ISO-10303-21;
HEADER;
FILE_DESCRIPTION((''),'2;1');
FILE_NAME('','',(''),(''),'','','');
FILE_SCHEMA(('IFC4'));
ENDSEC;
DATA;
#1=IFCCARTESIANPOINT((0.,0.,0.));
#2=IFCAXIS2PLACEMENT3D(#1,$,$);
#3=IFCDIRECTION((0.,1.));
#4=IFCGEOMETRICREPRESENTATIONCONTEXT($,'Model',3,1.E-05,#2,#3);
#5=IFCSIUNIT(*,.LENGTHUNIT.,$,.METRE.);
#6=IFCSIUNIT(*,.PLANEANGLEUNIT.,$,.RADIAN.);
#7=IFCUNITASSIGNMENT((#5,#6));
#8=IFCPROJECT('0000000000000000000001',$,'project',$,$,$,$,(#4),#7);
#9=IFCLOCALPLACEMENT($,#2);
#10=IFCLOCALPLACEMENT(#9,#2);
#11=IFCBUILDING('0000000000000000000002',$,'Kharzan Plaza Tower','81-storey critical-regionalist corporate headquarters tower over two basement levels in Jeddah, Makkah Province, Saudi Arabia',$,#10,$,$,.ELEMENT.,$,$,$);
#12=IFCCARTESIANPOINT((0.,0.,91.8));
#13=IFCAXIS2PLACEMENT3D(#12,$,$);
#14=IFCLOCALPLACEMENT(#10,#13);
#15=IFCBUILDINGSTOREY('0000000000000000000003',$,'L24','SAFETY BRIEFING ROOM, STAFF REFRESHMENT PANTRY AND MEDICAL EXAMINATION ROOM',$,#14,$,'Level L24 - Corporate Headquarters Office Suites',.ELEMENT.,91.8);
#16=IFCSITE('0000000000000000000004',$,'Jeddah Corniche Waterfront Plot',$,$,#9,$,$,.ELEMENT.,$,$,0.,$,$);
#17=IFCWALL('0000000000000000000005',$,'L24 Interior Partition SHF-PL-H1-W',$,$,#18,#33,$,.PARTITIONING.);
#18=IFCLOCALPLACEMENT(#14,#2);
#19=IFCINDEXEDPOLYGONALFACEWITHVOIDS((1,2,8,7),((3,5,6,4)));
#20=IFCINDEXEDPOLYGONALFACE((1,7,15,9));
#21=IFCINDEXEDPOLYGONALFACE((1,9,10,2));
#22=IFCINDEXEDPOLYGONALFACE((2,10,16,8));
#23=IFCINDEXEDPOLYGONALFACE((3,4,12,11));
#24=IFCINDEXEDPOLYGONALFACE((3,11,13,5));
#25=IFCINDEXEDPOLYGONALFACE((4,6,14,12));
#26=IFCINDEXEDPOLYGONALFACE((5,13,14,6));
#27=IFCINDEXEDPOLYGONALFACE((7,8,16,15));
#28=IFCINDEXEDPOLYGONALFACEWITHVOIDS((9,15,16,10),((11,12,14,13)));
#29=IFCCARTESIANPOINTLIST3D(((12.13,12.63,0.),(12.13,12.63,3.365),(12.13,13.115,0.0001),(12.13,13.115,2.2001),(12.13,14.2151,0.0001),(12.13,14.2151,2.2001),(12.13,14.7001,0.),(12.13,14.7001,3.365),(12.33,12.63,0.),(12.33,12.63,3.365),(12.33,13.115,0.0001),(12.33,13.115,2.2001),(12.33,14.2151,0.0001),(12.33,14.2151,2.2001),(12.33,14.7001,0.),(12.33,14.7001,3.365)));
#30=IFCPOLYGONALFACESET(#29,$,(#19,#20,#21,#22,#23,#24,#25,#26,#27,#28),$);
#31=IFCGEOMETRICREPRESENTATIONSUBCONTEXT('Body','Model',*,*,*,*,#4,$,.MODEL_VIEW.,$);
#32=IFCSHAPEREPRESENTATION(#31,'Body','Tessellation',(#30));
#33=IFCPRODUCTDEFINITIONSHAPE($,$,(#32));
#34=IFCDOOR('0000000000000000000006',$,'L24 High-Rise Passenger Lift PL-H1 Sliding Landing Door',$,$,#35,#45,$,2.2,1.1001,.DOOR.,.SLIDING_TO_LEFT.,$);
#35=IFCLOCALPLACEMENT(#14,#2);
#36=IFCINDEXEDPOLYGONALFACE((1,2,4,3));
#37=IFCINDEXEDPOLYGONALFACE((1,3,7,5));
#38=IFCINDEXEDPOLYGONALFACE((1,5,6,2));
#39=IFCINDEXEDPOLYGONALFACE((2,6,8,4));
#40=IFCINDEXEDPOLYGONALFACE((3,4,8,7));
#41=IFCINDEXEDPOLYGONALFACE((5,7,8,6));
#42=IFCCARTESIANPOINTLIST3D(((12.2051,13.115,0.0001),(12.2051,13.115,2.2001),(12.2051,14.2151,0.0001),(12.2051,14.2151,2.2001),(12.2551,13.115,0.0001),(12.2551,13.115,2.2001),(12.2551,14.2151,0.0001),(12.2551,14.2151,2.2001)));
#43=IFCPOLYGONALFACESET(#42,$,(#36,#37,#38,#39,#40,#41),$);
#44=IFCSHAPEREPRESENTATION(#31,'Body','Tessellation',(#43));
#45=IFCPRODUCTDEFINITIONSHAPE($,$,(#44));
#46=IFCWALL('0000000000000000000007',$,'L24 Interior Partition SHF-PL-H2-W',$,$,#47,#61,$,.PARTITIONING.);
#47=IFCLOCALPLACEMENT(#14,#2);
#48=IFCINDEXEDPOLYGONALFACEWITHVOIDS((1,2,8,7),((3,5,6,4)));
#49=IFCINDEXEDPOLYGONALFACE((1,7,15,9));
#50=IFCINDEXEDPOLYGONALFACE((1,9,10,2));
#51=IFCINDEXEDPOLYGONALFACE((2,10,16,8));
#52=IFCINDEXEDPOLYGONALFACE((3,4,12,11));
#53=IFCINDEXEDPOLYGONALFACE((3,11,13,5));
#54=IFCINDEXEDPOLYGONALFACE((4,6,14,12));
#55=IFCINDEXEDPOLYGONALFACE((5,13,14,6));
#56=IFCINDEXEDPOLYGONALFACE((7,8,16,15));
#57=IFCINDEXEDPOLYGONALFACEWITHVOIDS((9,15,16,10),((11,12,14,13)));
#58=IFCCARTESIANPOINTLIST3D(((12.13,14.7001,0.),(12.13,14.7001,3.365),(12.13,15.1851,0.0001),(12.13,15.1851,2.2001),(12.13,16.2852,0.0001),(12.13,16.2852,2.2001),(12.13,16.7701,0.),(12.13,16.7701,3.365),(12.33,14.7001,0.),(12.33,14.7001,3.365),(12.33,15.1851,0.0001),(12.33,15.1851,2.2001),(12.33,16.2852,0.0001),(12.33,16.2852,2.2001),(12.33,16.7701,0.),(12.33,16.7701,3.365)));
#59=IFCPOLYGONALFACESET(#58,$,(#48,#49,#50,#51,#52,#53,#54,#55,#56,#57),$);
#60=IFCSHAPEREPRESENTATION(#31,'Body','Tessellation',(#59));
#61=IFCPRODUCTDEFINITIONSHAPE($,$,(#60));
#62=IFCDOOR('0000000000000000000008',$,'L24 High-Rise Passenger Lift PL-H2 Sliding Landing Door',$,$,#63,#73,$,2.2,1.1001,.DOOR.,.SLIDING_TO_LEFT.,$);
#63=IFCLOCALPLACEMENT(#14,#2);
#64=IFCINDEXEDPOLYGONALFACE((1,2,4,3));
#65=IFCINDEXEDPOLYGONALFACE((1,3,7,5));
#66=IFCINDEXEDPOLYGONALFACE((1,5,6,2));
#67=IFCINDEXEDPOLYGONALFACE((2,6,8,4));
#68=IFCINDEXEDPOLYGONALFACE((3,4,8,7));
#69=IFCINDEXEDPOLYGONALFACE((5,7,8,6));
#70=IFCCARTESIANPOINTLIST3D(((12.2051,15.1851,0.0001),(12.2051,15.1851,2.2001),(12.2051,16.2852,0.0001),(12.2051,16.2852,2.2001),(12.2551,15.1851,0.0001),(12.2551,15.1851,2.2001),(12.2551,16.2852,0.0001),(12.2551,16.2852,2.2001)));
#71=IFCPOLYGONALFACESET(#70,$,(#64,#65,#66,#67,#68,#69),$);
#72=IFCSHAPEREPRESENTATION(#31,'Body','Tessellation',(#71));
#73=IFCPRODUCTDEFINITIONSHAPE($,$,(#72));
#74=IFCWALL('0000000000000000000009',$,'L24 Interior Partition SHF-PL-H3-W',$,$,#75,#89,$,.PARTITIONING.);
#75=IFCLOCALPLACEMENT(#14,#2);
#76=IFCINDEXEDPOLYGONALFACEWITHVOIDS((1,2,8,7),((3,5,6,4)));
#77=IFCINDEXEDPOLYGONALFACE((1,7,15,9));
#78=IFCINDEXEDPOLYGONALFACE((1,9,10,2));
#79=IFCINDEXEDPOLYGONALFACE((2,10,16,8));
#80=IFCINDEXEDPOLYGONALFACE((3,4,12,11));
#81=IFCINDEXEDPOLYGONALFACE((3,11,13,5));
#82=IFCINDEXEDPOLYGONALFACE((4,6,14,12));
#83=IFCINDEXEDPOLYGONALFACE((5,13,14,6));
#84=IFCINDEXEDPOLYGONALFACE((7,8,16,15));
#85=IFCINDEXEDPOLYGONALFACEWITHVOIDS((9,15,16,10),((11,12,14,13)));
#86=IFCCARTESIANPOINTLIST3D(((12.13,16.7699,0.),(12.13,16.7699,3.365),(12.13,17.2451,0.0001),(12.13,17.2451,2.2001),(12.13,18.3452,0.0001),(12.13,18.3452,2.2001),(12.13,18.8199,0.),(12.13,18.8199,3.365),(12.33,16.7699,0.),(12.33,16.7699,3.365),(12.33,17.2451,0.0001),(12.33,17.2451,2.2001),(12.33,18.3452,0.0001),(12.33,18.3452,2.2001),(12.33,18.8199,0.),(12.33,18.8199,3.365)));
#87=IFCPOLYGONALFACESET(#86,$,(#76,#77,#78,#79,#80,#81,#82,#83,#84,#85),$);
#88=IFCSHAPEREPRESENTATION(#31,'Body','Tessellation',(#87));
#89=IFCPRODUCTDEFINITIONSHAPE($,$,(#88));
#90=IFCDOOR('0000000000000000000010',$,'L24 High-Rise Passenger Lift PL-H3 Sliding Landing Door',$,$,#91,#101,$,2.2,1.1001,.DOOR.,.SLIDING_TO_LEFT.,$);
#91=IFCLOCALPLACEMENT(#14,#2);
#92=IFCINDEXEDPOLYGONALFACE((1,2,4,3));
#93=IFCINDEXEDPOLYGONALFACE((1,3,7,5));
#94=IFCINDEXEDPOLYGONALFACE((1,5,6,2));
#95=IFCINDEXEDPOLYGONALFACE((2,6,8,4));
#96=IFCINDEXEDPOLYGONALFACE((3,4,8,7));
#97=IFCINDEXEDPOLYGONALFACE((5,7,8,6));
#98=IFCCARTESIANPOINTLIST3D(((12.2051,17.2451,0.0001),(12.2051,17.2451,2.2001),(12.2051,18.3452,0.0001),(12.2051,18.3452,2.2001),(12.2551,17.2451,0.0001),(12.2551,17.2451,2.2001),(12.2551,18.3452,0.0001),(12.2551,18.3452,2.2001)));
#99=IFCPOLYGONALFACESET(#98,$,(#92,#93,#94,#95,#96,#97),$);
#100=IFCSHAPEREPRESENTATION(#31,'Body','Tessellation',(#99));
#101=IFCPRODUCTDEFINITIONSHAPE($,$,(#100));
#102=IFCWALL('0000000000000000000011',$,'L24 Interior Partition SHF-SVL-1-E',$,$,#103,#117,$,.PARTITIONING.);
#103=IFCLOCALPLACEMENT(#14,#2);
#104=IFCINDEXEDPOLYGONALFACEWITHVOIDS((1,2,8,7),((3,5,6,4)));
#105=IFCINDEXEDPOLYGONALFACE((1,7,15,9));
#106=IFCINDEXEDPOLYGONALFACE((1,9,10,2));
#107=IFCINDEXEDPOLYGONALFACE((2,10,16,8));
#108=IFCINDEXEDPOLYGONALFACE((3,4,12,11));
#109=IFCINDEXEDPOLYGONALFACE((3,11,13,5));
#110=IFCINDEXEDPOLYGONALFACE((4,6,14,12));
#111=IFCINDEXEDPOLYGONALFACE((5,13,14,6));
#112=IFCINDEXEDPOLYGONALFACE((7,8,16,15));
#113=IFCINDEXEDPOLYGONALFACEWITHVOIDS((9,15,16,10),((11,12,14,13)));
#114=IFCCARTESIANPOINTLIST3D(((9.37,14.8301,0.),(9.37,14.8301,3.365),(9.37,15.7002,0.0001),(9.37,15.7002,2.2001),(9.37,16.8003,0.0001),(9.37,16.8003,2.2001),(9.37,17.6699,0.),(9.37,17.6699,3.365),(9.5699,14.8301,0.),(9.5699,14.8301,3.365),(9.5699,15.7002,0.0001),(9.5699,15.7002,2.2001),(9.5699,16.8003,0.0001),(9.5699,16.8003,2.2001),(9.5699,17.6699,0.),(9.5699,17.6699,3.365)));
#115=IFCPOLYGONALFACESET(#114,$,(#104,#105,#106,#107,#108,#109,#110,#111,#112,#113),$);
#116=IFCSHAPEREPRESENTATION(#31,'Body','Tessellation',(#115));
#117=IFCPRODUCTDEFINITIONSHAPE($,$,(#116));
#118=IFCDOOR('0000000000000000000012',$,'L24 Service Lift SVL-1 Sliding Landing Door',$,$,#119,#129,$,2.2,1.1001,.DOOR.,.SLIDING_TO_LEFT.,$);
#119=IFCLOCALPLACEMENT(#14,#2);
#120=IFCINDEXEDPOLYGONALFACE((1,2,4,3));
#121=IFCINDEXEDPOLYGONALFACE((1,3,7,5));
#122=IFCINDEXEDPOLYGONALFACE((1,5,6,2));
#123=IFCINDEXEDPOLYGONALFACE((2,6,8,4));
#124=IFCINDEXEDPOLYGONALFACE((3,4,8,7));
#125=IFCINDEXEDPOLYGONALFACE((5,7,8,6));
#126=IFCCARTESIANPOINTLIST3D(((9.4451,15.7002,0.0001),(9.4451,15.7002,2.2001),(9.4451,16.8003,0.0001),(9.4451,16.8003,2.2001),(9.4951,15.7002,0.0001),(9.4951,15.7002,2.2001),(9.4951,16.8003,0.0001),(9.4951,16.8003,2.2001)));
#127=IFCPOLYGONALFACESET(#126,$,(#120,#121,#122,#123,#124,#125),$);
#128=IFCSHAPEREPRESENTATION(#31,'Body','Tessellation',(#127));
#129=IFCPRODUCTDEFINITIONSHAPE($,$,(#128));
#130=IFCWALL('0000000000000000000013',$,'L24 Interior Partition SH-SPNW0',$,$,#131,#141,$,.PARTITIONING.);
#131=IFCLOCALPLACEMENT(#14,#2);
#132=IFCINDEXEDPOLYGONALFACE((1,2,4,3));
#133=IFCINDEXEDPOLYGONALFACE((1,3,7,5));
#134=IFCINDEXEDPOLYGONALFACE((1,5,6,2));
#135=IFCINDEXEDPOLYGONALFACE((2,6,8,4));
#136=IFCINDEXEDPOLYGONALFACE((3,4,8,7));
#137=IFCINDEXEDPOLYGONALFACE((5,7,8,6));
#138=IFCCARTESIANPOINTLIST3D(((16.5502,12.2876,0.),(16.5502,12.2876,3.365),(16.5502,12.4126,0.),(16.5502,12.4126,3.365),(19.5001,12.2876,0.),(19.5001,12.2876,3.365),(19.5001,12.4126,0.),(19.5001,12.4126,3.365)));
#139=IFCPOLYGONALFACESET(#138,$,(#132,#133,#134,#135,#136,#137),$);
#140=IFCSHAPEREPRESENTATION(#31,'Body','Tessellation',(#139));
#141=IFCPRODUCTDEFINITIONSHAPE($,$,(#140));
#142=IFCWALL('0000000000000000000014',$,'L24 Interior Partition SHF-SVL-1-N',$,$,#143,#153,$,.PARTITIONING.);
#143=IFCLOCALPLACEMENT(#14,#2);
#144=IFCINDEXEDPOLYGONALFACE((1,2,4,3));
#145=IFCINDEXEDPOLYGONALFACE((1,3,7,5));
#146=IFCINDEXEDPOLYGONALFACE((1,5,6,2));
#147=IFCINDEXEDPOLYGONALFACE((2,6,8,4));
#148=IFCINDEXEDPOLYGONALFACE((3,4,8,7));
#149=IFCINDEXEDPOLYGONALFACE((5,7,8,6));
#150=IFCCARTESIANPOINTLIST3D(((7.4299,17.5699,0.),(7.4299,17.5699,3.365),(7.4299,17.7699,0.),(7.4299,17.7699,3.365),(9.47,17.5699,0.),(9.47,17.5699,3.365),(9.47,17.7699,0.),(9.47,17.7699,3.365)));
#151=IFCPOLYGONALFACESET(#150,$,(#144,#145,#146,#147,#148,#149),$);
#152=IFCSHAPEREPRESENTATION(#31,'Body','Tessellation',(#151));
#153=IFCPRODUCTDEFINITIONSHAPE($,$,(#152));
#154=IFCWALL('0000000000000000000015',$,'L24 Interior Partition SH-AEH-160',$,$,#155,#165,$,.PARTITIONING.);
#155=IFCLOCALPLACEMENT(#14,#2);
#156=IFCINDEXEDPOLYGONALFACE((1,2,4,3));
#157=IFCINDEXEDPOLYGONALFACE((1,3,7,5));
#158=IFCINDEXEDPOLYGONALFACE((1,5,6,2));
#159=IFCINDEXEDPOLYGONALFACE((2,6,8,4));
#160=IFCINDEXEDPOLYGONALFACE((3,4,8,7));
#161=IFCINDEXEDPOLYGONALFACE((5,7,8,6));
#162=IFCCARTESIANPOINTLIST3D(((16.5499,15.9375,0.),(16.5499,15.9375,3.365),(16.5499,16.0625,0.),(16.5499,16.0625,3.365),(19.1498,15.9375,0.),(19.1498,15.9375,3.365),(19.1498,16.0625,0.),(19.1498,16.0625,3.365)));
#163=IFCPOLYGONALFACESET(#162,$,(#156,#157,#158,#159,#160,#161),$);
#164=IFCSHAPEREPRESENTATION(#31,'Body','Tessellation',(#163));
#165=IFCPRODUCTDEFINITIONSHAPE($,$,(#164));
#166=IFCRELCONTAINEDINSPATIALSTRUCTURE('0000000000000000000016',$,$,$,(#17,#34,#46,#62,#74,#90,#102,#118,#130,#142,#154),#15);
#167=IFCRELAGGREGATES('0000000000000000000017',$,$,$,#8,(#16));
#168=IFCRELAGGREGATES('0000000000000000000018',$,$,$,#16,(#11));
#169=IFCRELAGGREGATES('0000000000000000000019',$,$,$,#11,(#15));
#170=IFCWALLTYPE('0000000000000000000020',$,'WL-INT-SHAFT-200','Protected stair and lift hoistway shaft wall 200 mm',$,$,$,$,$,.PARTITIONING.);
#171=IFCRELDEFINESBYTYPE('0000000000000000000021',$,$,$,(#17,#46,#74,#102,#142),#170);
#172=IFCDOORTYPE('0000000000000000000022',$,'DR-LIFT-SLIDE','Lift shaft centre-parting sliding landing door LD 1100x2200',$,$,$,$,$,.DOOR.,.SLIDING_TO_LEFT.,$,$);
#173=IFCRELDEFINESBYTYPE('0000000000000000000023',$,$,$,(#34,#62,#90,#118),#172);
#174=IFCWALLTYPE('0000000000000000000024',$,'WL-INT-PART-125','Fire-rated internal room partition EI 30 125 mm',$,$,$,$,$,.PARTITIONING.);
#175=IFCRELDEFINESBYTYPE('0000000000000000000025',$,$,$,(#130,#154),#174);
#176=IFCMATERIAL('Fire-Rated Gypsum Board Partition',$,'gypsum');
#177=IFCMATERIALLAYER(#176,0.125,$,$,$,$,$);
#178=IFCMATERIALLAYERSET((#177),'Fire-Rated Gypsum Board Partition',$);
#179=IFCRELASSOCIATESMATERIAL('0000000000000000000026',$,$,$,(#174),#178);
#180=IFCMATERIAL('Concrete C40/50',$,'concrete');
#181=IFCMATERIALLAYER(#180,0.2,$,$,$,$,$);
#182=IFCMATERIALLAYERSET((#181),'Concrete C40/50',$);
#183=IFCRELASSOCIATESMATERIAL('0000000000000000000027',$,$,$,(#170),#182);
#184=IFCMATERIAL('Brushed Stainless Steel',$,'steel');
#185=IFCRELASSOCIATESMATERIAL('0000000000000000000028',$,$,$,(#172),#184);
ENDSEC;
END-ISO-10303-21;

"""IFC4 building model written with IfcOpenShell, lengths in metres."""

from ifc_helpers import new_model, si_unit, direction, frame, frame_2d, origin, place, context, subcontext, project, spatial, rectangle, extrude, source, transform, mapped, material, layer, layer_set, type_object, element, fill, save


model = new_model("IFC4")

# Units and contexts
model_context = context("Model", 3, precision=1e-05, world=origin(), true_north=direction((0.0, 1.0)))
body_context = subcontext(model_context, "Body", "Model", "MODEL_VIEW")
ifc_project = project(units=[si_unit("LENGTHUNIT", "METRE"), si_unit("PLANEANGLEUNIT", "RADIAN")], contexts=[model_context])

# Site, building, storey
site_placement = place(None, origin())
site = spatial("IfcSite", under=ifc_project, at=site_placement, Name="Jeddah Corniche Waterfront Plot", CompositionType="ELEMENT", RefElevation=0.0)
building_placement = place(site_placement, origin())
building = spatial("IfcBuilding", under=site, at=building_placement, Name="Kharzan Plaza Tower", Description="81-storey critical-regionalist corporate headquarters tower over two basement levels in Jeddah, Makkah Province, Saudi Arabia", CompositionType="ELEMENT")
storey_placement = place(building_placement, frame((0.0, 0.0, 91.8)))
storey = spatial("IfcBuildingStorey", under=building, at=storey_placement, Name="L24", Description="SAFETY BRIEFING ROOM, STAFF REFRESHMENT PANTRY AND MEDICAL EXAMINATION ROOM", LongName="Level L24 - Corporate Headquarters Office Suites", CompositionType="ELEMENT", Elevation=91.8)

# Walls, openings, doors
ifc_material_1 = material(Name="Fire-Rated Gypsum Board Partition", Category="gypsum")
ifc_layer_1 = layer(ifc_material_1, 0.125)
ifc_layer_set_1 = layer_set([ifc_layer_1], Name="Fire-Rated Gypsum Board Partition")
wall_type_1 = type_object("IfcWallType", Name="WL-INT-PART-125", Description="Fire-rated internal room partition EI 30 125 mm", PredefinedType="PARTITIONING", material=ifc_layer_set_1)
ifc_material_2 = material(Name="Concrete C40/50", Category="concrete")
ifc_layer_2 = layer(ifc_material_2, 0.2)
ifc_layer_set_2 = layer_set([ifc_layer_2], Name="Concrete C40/50")
wall_type_2 = type_object("IfcWallType", Name="WL-INT-SHAFT-200", Description="Protected stair and lift hoistway shaft wall 200 mm", PredefinedType="PARTITIONING", material=ifc_layer_set_2)
wall_1_placement = place(storey_placement, frame((12.23, 12.6299, 0.0), z_axis=(0.0, 0.0, 1.0), x_axis=(0.0, 1.0, 0.0)))
wall_1 = element("IfcWall", 1, at=wall_1_placement, inside=storey, type_object=wall_type_2, Name="L24 Interior Partition SHF-PL-H1-W", PredefinedType="PARTITIONING", context=body_context, shape_type="SweptSolid", body=[
    extrude(rectangle(XDim=2.0701, YDim=0.2, at=frame_2d((1.0352, 0.0))), origin(), (0.0, 0.0, 1.0), 3.365),
])
opening_1_placement = place(wall_1_placement, frame((0.4851, 0.0, 0.0)))
opening_1 = element("IfcOpeningElement", 2, at=opening_1_placement, cuts=wall_1, PredefinedType="OPENING", context=body_context, shape_type="SweptSolid", body=[
    extrude(rectangle(XDim=1.1001, YDim=2.2, at=frame_2d((0.55, 1.1001))), frame((0.0, 0.1099, 0.0), z_axis=(0.0, -1.0, 0.0), x_axis=(1.0, 0.0, 0.0)), (0.0, 0.0, 1.0), 0.22),
])
ifc_material_3 = material(Name="Brushed Stainless Steel", Category="steel")
door_type_1 = type_object("IfcDoorType", Name="DR-LIFT-SLIDE", Description="Lift shaft centre-parting sliding landing door LD 1100x2200", OperationType="SLIDING_TO_LEFT", PredefinedType="DOOR", material=ifc_material_3)
shared_shape_1 = source(origin(), body_context, "Body", "SweptSolid", [
    extrude(rectangle(XDim=1.1001, YDim=2.2, at=frame_2d((0.55, 1.1001))), frame((0.0, 0.0249, 0.0), z_axis=(0.0, -1.0, 0.0), x_axis=(1.0, 0.0, 0.0)), (0.0, 0.0, 1.0), 0.05),
])
door_1_placement = place(opening_1_placement, origin())
door_1 = element("IfcDoor", 3, at=door_1_placement, inside=storey, type_object=door_type_1, Name="L24 High-Rise Passenger Lift PL-H1 Sliding Landing Door", OperationType="SLIDING_TO_LEFT", OverallHeight=2.2, OverallWidth=1.1001, PredefinedType="DOOR", context=body_context, shape_type="MappedRepresentation", body=[
    mapped(shared_shape_1, transform((0.0, 0.0, 0.0), x_axis=(1.0, 0.0, 0.0), y_axis=(0.0, 1.0, 0.0), z_axis=(0.0, 0.0, 1.0))),
])
fill(opening_1, door_1)
wall_2_placement = place(storey_placement, frame((12.23, 14.7, 0.0), z_axis=(0.0, 0.0, 1.0), x_axis=(0.0, 1.0, 0.0)))
wall_2 = element("IfcWall", 4, at=wall_2_placement, inside=storey, type_object=wall_type_2, Name="L24 Interior Partition SHF-PL-H2-W", PredefinedType="PARTITIONING", context=body_context, shape_type="SweptSolid", body=[
    extrude(rectangle(XDim=2.0701, YDim=0.2, at=frame_2d((1.0352, 0.0))), origin(), (0.0, 0.0, 1.0), 3.365),
])
opening_2_placement = place(wall_2_placement, frame((0.4851, 0.0, 0.0)))
opening_2 = element("IfcOpeningElement", 5, at=opening_2_placement, cuts=wall_2, PredefinedType="OPENING", context=body_context, shape_type="SweptSolid", body=[
    extrude(rectangle(XDim=1.1001, YDim=2.2, at=frame_2d((0.55, 1.1001))), frame((0.0, 0.1099, 0.0), z_axis=(0.0, -1.0, 0.0), x_axis=(1.0, 0.0, 0.0)), (0.0, 0.0, 1.0), 0.22),
])
door_2_placement = place(opening_2_placement, origin())
door_2 = element("IfcDoor", 6, at=door_2_placement, inside=storey, type_object=door_type_1, Name="L24 High-Rise Passenger Lift PL-H2 Sliding Landing Door", OperationType="SLIDING_TO_LEFT", OverallHeight=2.2, OverallWidth=1.1001, PredefinedType="DOOR", context=body_context, shape_type="MappedRepresentation", body=[
    mapped(shared_shape_1, transform((0.0, 0.0, 0.0), x_axis=(1.0, 0.0, 0.0), y_axis=(0.0, 1.0, 0.0), z_axis=(0.0, 0.0, 1.0))),
])
fill(opening_2, door_2)
wall_3_placement = place(storey_placement, frame((12.23, 16.77, 0.0), z_axis=(0.0, 0.0, 1.0), x_axis=(0.0, 1.0, 0.0)))
wall_3 = element("IfcWall", 7, at=wall_3_placement, inside=storey, type_object=wall_type_2, Name="L24 Interior Partition SHF-PL-H3-W", PredefinedType="PARTITIONING", context=body_context, shape_type="SweptSolid", body=[
    extrude(rectangle(XDim=2.05, YDim=0.2, at=frame_2d((1.0249, 0.0))), origin(), (0.0, 0.0, 1.0), 3.365),
])
opening_3_placement = place(wall_3_placement, frame((0.4751, 0.0, 0.0)))
opening_3 = element("IfcOpeningElement", 8, at=opening_3_placement, cuts=wall_3, PredefinedType="OPENING", context=body_context, shape_type="SweptSolid", body=[
    extrude(rectangle(XDim=1.1001, YDim=2.2, at=frame_2d((0.55, 1.1001))), frame((0.0, 0.1099, 0.0), z_axis=(0.0, -1.0, 0.0), x_axis=(1.0, 0.0, 0.0)), (0.0, 0.0, 1.0), 0.22),
])
door_3_placement = place(opening_3_placement, origin())
door_3 = element("IfcDoor", 9, at=door_3_placement, inside=storey, type_object=door_type_1, Name="L24 High-Rise Passenger Lift PL-H3 Sliding Landing Door", OperationType="SLIDING_TO_LEFT", OverallHeight=2.2, OverallWidth=1.1001, PredefinedType="DOOR", context=body_context, shape_type="MappedRepresentation", body=[
    mapped(shared_shape_1, transform((0.0, 0.0, 0.0), x_axis=(1.0, 0.0, 0.0), y_axis=(0.0, 1.0, 0.0), z_axis=(0.0, 0.0, 1.0))),
])
fill(opening_3, door_3)
wall_4_placement = place(storey_placement, frame((9.47, 14.8301, 0.0), z_axis=(0.0, 0.0, 1.0), x_axis=(0.0, 1.0, 0.0)))
wall_4 = element("IfcWall", 10, at=wall_4_placement, inside=storey, type_object=wall_type_2, Name="L24 Interior Partition SHF-SVL-1-E", PredefinedType="PARTITIONING", context=body_context, shape_type="SweptSolid", body=[
    extrude(rectangle(XDim=2.8398, YDim=0.2, at=frame_2d((1.4199, 0.0))), origin(), (0.0, 0.0, 1.0), 3.365),
])
opening_4_placement = place(wall_4_placement, frame((0.8701, 0.0, 0.0)))
opening_4 = element("IfcOpeningElement", 11, at=opening_4_placement, cuts=wall_4, PredefinedType="OPENING", context=body_context, shape_type="SweptSolid", body=[
    extrude(rectangle(XDim=1.1001, YDim=2.2, at=frame_2d((0.55, 1.1001))), frame((0.0, 0.1099, 0.0), z_axis=(0.0, -1.0, 0.0), x_axis=(1.0, 0.0, 0.0)), (0.0, 0.0, 1.0), 0.22),
])
door_4_placement = place(opening_4_placement, origin())
door_4 = element("IfcDoor", 12, at=door_4_placement, inside=storey, type_object=door_type_1, Name="L24 Service Lift SVL-1 Sliding Landing Door", OperationType="SLIDING_TO_LEFT", OverallHeight=2.2, OverallWidth=1.1001, PredefinedType="DOOR", context=body_context, shape_type="MappedRepresentation", body=[
    mapped(shared_shape_1, transform((0.0, 0.0, 0.0), x_axis=(1.0, 0.0, 0.0), y_axis=(0.0, 1.0, 0.0), z_axis=(0.0, 0.0, 1.0))),
])
fill(opening_4, door_4)

# Walls
shared_shape_2 = source(origin(), body_context, "Body", "SweptSolid", [
    extrude(rectangle(XDim=2.95, YDim=0.125, at=frame_2d((1.4751, 0.0))), origin(), (0.0, 0.0, 1.0), 3.365),
])
wall_5_placement = place(storey_placement, frame((16.55, 12.3501, 0.0), z_axis=(0.0, 0.0, 1.0), x_axis=(1.0, 0.0, 0.0)))
element("IfcWall", 13, at=wall_5_placement, inside=storey, type_object=wall_type_1, Name="L24 Interior Partition SH-SPNW0", PredefinedType="PARTITIONING", context=body_context, shape_type="MappedRepresentation", body=[
    mapped(shared_shape_2, transform((0.0, 0.0, 0.0), x_axis=(1.0, 0.0, 0.0), y_axis=(0.0, 1.0, 0.0), z_axis=(0.0, 0.0, 1.0))),
])
shared_shape_3 = source(origin(), body_context, "Body", "SweptSolid", [
    extrude(rectangle(XDim=2.04, YDim=0.2, at=frame_2d((1.02, 0.0))), origin(), (0.0, 0.0, 1.0), 3.365),
])
wall_6_placement = place(storey_placement, frame((7.4299, 17.6699, 0.0), z_axis=(0.0, 0.0, 1.0), x_axis=(1.0, 0.0, 0.0)))
element("IfcWall", 14, at=wall_6_placement, inside=storey, type_object=wall_type_2, Name="L24 Interior Partition SHF-SVL-1-N", PredefinedType="PARTITIONING", context=body_context, shape_type="MappedRepresentation", body=[
    mapped(shared_shape_3, transform((0.0, 0.0, 0.0), x_axis=(1.0, 0.0, 0.0), y_axis=(0.0, 1.0, 0.0), z_axis=(0.0, 0.0, 1.0))),
])
shared_shape_4 = source(origin(), body_context, "Body", "SweptSolid", [
    extrude(rectangle(XDim=2.5999, YDim=0.125, at=frame_2d((1.2998, 0.0))), origin(), (0.0, 0.0, 1.0), 3.365),
])
wall_7_placement = place(storey_placement, frame((16.55, 16.0, 0.0), z_axis=(0.0, 0.0, 1.0), x_axis=(1.0, 0.0, 0.0)))
element("IfcWall", 15, at=wall_7_placement, inside=storey, type_object=wall_type_1, Name="L24 Interior Partition SH-AEH-160", PredefinedType="PARTITIONING", context=body_context, shape_type="MappedRepresentation", body=[
    mapped(shared_shape_4, transform((0.0, 0.0, 0.0), x_axis=(1.0, 0.0, 0.0), y_axis=(0.0, 1.0, 0.0), z_axis=(0.0, 0.0, 1.0))),
])

save(model, "model.ifc")
